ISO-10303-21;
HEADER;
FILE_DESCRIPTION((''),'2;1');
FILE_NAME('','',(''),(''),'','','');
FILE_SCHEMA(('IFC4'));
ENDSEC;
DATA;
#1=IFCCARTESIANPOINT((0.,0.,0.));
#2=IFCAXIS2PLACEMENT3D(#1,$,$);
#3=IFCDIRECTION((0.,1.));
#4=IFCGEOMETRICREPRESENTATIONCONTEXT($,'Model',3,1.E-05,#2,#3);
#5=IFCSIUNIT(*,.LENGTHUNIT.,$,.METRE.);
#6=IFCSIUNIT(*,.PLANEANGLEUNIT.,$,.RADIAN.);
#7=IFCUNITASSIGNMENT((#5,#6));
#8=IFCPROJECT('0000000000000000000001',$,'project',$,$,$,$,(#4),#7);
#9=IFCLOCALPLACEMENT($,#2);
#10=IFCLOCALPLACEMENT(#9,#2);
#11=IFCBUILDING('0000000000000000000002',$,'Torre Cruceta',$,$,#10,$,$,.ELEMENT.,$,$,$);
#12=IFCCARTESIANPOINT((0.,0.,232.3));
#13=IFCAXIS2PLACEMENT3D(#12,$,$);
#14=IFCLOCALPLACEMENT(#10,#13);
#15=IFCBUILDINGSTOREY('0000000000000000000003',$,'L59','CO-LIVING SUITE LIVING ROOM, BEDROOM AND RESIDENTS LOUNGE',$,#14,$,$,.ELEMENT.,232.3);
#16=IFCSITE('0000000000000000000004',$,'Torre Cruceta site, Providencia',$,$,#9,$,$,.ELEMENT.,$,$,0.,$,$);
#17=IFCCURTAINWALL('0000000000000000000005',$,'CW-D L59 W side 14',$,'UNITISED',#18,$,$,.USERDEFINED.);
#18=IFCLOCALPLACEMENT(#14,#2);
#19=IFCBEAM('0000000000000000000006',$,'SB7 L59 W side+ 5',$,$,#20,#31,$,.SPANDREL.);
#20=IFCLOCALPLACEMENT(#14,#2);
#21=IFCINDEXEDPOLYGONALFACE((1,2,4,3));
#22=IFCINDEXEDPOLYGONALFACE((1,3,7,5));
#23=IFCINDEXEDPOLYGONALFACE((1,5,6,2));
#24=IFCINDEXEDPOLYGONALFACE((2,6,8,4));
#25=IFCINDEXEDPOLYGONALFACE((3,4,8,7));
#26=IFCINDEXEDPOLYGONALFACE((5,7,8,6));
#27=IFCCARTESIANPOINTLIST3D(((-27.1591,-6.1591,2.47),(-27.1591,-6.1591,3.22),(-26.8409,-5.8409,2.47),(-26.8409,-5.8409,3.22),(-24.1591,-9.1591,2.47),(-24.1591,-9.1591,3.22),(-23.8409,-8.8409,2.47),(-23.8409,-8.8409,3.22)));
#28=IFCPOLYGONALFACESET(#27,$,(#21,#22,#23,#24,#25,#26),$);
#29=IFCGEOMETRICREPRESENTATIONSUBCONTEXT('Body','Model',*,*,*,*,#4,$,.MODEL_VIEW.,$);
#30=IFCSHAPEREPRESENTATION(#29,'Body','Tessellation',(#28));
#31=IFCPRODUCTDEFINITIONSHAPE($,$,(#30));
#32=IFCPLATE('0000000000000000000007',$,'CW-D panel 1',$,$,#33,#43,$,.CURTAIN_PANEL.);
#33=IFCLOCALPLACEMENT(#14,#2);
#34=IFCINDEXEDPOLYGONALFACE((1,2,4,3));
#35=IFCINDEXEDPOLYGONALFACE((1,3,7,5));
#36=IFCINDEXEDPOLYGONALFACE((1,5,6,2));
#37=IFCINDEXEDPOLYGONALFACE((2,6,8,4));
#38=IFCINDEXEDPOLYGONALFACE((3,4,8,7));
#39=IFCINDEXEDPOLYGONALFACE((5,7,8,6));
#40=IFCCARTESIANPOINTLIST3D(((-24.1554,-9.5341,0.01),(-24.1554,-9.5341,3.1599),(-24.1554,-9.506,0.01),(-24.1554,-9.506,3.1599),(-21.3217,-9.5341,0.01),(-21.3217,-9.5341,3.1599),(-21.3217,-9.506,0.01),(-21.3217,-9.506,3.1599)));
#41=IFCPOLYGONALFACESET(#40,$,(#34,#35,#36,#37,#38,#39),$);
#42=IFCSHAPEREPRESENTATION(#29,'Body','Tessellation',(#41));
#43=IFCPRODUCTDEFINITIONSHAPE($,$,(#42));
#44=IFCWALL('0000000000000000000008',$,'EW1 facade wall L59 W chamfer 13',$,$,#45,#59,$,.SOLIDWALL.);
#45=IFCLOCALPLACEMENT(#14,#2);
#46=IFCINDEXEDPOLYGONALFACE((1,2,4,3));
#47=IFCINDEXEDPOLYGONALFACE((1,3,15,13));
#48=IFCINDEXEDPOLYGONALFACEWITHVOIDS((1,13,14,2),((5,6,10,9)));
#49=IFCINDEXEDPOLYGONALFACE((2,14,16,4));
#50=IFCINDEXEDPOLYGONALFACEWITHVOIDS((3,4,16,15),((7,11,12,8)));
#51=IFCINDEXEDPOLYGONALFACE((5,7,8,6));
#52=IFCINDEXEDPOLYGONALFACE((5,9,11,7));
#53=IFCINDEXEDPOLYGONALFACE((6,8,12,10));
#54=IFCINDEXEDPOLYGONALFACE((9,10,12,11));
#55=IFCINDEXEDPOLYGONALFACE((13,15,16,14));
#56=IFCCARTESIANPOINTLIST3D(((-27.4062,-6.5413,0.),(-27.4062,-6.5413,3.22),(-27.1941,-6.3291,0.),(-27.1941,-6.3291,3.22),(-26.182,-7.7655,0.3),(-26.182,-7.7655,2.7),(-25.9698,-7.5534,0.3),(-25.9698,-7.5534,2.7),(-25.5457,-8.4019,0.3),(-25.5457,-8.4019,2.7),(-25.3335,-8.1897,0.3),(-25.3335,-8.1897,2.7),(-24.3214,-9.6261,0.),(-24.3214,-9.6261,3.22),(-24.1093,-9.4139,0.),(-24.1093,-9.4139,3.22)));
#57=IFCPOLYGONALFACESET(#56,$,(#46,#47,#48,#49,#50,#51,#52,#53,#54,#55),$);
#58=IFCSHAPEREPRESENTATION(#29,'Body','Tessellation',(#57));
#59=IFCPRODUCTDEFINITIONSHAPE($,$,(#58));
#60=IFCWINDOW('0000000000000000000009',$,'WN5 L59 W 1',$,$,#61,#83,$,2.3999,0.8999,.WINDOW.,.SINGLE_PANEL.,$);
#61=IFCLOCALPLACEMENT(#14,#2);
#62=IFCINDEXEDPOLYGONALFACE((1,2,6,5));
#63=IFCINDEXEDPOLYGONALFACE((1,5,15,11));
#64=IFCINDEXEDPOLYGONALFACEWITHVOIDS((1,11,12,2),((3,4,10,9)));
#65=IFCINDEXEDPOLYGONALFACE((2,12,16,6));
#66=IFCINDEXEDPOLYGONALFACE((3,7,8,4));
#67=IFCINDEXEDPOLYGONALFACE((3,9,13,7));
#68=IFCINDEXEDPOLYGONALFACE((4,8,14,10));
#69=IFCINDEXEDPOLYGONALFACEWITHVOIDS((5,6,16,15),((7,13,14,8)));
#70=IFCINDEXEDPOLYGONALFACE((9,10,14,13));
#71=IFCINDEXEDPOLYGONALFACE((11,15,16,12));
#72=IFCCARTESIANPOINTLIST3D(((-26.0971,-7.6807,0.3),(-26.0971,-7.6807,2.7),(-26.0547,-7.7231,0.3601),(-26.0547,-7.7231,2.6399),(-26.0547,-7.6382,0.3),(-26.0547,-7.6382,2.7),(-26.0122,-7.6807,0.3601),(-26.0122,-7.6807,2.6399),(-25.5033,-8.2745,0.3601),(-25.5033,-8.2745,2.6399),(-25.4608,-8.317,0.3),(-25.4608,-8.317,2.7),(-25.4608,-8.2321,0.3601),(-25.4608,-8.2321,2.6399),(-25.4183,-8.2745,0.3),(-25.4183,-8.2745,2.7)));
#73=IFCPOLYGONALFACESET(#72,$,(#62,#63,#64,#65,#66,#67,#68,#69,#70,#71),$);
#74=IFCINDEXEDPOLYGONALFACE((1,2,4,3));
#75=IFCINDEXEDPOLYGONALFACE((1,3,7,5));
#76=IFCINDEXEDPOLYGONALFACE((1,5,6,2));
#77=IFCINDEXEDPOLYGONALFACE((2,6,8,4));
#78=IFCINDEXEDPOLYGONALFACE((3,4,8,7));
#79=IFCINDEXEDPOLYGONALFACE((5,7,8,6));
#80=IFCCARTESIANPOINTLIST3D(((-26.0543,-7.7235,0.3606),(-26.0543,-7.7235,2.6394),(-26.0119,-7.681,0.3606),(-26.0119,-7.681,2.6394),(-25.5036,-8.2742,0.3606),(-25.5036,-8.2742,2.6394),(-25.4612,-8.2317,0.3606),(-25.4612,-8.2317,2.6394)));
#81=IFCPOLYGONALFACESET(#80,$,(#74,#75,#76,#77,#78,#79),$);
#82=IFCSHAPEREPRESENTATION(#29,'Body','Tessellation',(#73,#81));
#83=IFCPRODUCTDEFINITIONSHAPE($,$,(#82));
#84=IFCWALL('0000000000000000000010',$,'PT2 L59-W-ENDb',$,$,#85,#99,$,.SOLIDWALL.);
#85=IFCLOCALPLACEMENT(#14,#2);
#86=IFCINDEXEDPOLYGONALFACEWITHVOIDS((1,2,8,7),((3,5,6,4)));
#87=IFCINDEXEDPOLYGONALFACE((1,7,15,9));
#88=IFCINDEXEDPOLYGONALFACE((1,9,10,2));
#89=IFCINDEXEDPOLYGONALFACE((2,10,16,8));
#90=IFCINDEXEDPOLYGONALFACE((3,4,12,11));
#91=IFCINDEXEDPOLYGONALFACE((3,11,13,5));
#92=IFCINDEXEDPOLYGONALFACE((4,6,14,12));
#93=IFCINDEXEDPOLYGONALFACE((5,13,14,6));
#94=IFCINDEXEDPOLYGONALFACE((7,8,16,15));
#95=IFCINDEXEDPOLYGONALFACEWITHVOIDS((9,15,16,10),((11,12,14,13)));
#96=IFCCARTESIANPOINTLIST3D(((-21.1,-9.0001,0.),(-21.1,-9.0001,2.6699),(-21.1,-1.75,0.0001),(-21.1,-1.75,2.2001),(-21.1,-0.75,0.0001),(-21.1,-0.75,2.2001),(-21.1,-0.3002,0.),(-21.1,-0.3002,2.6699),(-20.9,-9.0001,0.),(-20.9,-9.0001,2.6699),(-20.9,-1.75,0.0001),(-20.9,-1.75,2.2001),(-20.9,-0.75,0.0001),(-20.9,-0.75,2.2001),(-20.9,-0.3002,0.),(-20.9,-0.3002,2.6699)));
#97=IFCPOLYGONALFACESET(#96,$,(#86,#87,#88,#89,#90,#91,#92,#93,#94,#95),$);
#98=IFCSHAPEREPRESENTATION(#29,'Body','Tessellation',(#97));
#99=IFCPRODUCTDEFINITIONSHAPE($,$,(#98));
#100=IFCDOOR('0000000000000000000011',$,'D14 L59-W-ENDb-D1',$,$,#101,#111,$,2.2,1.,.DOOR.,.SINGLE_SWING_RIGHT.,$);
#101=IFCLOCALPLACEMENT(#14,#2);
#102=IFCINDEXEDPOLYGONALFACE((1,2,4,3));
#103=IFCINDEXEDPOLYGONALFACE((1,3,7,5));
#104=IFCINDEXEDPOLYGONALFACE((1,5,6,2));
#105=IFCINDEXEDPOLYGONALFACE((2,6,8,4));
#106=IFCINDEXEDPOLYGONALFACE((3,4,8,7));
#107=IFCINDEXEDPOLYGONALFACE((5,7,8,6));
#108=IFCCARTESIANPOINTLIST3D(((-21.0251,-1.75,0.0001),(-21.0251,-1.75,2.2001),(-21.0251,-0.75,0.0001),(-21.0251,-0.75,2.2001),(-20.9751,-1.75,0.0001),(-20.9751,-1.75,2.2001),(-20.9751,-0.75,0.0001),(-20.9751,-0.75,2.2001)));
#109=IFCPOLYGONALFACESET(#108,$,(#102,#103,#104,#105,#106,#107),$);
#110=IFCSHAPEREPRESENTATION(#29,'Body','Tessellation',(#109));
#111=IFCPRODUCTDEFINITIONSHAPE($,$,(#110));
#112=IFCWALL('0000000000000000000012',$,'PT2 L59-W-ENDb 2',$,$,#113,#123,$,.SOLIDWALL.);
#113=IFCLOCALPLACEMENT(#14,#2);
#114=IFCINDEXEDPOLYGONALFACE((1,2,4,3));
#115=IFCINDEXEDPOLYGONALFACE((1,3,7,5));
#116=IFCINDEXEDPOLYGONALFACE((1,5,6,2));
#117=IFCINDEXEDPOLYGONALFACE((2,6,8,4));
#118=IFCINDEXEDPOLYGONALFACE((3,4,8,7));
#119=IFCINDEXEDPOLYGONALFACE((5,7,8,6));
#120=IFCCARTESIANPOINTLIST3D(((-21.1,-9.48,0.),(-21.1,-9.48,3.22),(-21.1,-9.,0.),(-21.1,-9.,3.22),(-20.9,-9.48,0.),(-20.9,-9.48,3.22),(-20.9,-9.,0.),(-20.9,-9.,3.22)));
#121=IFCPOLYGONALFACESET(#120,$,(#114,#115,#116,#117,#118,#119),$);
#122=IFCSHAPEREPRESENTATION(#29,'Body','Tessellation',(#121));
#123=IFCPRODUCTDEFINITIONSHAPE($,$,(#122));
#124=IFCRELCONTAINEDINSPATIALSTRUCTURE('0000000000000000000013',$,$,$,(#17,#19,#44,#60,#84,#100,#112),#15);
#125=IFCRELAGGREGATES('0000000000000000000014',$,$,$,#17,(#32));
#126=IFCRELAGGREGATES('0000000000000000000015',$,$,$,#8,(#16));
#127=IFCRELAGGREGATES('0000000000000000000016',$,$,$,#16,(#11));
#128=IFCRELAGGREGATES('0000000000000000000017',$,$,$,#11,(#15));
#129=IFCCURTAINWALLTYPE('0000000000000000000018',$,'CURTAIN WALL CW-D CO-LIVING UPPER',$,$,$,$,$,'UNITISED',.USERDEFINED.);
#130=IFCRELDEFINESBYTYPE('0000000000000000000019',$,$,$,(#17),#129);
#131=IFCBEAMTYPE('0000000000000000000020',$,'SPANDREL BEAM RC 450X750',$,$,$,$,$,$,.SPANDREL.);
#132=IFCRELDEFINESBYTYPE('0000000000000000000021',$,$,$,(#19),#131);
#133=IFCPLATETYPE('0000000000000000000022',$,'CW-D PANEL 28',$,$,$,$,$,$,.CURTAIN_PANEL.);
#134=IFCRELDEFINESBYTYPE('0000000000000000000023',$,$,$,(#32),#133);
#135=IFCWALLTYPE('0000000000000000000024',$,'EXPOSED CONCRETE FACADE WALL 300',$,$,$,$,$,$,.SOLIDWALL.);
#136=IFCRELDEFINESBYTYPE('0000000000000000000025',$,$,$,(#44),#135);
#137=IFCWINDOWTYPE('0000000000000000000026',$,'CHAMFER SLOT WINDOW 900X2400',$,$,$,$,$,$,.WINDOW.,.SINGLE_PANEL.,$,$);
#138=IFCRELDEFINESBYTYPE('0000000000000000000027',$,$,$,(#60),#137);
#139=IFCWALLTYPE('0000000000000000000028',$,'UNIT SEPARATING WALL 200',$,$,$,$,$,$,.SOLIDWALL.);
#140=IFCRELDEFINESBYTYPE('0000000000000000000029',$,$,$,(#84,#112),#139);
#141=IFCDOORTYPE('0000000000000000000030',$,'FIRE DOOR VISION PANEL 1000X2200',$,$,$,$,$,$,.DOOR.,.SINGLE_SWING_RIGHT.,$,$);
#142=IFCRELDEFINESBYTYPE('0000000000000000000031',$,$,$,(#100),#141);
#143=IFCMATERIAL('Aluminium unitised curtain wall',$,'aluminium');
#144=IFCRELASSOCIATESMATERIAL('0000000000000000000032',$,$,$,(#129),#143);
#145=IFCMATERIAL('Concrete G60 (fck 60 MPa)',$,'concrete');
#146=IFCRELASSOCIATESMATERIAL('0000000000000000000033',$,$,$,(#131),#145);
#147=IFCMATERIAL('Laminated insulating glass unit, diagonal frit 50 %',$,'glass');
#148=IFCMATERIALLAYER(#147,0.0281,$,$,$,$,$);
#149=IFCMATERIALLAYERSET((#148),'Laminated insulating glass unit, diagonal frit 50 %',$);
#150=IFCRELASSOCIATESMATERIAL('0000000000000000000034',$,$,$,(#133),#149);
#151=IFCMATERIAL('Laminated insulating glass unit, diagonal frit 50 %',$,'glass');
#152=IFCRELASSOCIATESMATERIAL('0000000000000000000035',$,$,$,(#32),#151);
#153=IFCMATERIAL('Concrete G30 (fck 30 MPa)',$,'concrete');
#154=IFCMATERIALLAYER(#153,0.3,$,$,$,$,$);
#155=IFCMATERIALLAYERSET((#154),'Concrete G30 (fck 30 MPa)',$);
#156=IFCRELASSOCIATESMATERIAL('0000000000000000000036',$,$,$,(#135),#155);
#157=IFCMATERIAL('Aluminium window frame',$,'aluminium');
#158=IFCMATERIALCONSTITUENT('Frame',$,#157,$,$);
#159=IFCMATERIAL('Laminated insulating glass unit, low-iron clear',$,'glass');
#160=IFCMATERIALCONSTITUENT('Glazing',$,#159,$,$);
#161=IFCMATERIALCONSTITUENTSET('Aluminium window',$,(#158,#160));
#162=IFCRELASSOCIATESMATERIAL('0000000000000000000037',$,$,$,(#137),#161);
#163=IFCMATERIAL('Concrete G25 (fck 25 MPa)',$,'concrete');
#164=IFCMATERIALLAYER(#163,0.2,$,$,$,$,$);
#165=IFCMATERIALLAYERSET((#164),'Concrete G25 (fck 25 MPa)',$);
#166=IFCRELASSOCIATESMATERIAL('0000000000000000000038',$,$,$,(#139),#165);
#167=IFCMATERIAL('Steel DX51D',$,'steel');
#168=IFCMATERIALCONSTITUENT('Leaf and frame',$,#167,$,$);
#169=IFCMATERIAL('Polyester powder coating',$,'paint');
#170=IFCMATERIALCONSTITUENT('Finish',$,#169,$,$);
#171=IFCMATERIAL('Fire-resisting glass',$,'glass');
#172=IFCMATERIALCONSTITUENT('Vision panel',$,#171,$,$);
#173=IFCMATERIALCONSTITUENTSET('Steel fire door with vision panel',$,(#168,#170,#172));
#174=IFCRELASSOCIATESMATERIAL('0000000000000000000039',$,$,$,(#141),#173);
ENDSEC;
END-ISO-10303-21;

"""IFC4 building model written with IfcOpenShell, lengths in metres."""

from ifc_helpers import new_model, si_unit, direction, frame, frame_2d, origin, origin_2d, place, context, subcontext, project, spatial, rectangle, hollow_rectangle, extrude, material, layer, layer_set, constituent, constituent_set, material_profile, profile_set, type_object, element, fill, aggregate, save


model = new_model("IFC4")

# Units and contexts
model_context = context("Model", 3, precision=1e-05, world=origin(), true_north=direction((0.0, 1.0)))
body_context = subcontext(model_context, "Body", "Model", "MODEL_VIEW")
ifc_project = project(units=[si_unit("LENGTHUNIT", "METRE"), si_unit("PLANEANGLEUNIT", "RADIAN")], contexts=[model_context])

# Site, building, storey
site_placement = place(None, origin())
site = spatial("IfcSite", under=ifc_project, at=site_placement, Name="Torre Cruceta site, Providencia", CompositionType="ELEMENT", RefElevation=0.0)
building_placement = place(site_placement, origin())
building = spatial("IfcBuilding", under=site, at=building_placement, Name="Torre Cruceta", CompositionType="ELEMENT")
storey_placement = place(building_placement, frame((0.0, 0.0, 232.3)))
storey = spatial("IfcBuildingStorey", under=building, at=storey_placement, Name="L59", Description="CO-LIVING SUITE LIVING ROOM, BEDROOM AND RESIDENTS LOUNGE", CompositionType="ELEMENT", Elevation=232.3)

# Curtain wall
ifc_material_1 = material(Name="Aluminium unitised curtain wall", Category="aluminium")
curtain_wall_type = type_object("IfcCurtainWallType", Name="CURTAIN WALL CW-D CO-LIVING UPPER", ElementType="UNITISED", PredefinedType="USERDEFINED", material=ifc_material_1)
curtain_wall_placement = place(storey_placement, origin())
curtain_wall = element("IfcCurtainWall", 1, at=curtain_wall_placement, inside=storey, type_object=curtain_wall_type, Name="CW-D L59 W side 14", ObjectType="UNITISED", PredefinedType="USERDEFINED")

# Beam
ifc_material_2 = material(Name="Concrete G60 (fck 60 MPa)", Category="concrete")
ifc_material_profile_1 = material_profile(ifc_material_2, rectangle(XDim=0.45, YDim=0.75, at=origin_2d()), Name="RC 450X750")
ifc_profile_set_1 = profile_set([ifc_material_profile_1], Name="Concrete G60 (fck 60 MPa)")
beam_type_1 = type_object("IfcBeamType", Name="SPANDREL BEAM RC 450X750", PredefinedType="SPANDREL", material=ifc_profile_set_1)
beam_1_placement = place(storey_placement, frame((-24.0, -9.0, 2.845), z_axis=(-0.707107, 0.707107, 0.0), x_axis=(-0.707107, -0.707107, 0.0)))
element("IfcBeam", 2, at=beam_1_placement, inside=storey, type_object=beam_type_1, Name="SB7 L59 W side+ 5", PredefinedType="SPANDREL", context=body_context, shape_type="SweptSolid", body=[
    extrude(rectangle(XDim=0.45, YDim=0.75, at=origin_2d()), origin(), (0.0, 0.0, 1.0), 4.2427),
])

# Plate
ifc_material_3 = material(Name="Laminated insulating glass unit, diagonal frit 50 %", Category="glass")
ifc_material_4 = material(Name="Laminated insulating glass unit, diagonal frit 50 %", Category="glass")
ifc_layer_1 = layer(ifc_material_4, 0.0281)
ifc_layer_set_1 = layer_set([ifc_layer_1], Name="Laminated insulating glass unit, diagonal frit 50 %")
plate_type = type_object("IfcPlateType", Name="CW-D PANEL 28", PredefinedType="CURTAIN_PANEL", material=ifc_layer_set_1)
plate_placement = place(storey_placement, frame((-22.7385, -9.52, 0.01), z_axis=(0.0, 0.0, 1.0), x_axis=(1.0, 0.0, 0.0)))
plate = element("IfcPlate", 3, at=plate_placement, type_object=plate_type, material=ifc_material_3, Name="CW-D panel 1", PredefinedType="CURTAIN_PANEL", context=body_context, shape_type="SweptSolid", body=[
    extrude(rectangle(XDim=2.8337, YDim=0.0281, at=origin_2d()), origin(), (0.0, 0.0, 1.0), 3.1499),
])
aggregate(curtain_wall, [plate])

# Wall, opening, window
ifc_material_5 = material(Name="Concrete G30 (fck 30 MPa)", Category="concrete")
ifc_layer_2 = layer(ifc_material_5, 0.3)
ifc_layer_set_2 = layer_set([ifc_layer_2], Name="Concrete G30 (fck 30 MPa)")
wall_type_1 = type_object("IfcWallType", Name="EXPOSED CONCRETE FACADE WALL 300", PredefinedType="SOLIDWALL", material=ifc_layer_set_2)
wall_1_placement = place(storey_placement, frame((-27.3, -6.4353, 0.0), z_axis=(0.0, 0.0, 1.0), x_axis=(0.707107, -0.707107, 0.0)))
wall_1 = element("IfcWall", 4, at=wall_1_placement, inside=storey, type_object=wall_type_1, Name="EW1 facade wall L59 W chamfer 13", PredefinedType="SOLIDWALL", context=body_context, shape_type="SweptSolid", body=[
    extrude(rectangle(XDim=4.3625, YDim=0.3, at=frame_2d((2.1812, 0.0))), origin(), (0.0, 0.0, 1.0), 3.22),
])
opening_1_placement = place(wall_1_placement, frame((1.7312, 0.0, 0.3)))
opening_1 = element("IfcOpeningElement", 5, at=opening_1_placement, cuts=wall_1, PredefinedType="OPENING", context=body_context, shape_type="SweptSolid", body=[
    extrude(rectangle(XDim=0.8999, YDim=2.3999, at=frame_2d((0.45, 1.2))), frame((0.0, 0.1599, 0.0), z_axis=(0.0, -1.0, 0.0), x_axis=(1.0, 0.0, 0.0)), (0.0, 0.0, 1.0), 0.3201),
])
ifc_material_6 = material(Name="Aluminium window frame", Category="aluminium")
ifc_constituent_1 = constituent(ifc_material_6, Name="Frame")
ifc_material_7 = material(Name="Laminated insulating glass unit, low-iron clear", Category="glass")
ifc_constituent_2 = constituent(ifc_material_7, Name="Glazing")
ifc_constituent_set_1 = constituent_set(constituents=[ifc_constituent_1, ifc_constituent_2], Name="Aluminium window")
window_type = type_object("IfcWindowType", Name="CHAMFER SLOT WINDOW 900X2400", PartitioningType="SINGLE_PANEL", PredefinedType="WINDOW", material=ifc_constituent_set_1)
window_placement = place(opening_1_placement, origin())
window = element("IfcWindow", 6, at=window_placement, inside=storey, type_object=window_type, Name="WN5 L59 W 1", OverallHeight=2.3999, OverallWidth=0.8999, PartitioningType="SINGLE_PANEL", PredefinedType="WINDOW", context=body_context, shape_type="SweptSolid", body=[
    extrude(hollow_rectangle(XDim=0.8999, YDim=2.3999, WallThickness=0.0601, at=frame_2d((0.45, 1.2))), frame((0.0, 0.03, 0.0), z_axis=(0.0, -1.0, 0.0), x_axis=(1.0, 0.0, 0.0)), (0.0, 0.0, 1.0), 0.0601),
    extrude(rectangle(XDim=0.7788, YDim=2.2788, at=frame_2d((0.45, 1.2))), frame((0.0, 0.03, 0.0), z_axis=(0.0, -1.0, 0.0), x_axis=(1.0, 0.0, 0.0)), (0.0, 0.0, 1.0), 0.0601),
])
fill(opening_1, window)

# Wall, opening, door
ifc_material_8 = material(Name="Concrete G25 (fck 25 MPa)", Category="concrete")
ifc_layer_3 = layer(ifc_material_8, 0.2)
ifc_layer_set_3 = layer_set([ifc_layer_3], Name="Concrete G25 (fck 25 MPa)")
wall_type_2 = type_object("IfcWallType", Name="UNIT SEPARATING WALL 200", PredefinedType="SOLIDWALL", material=ifc_layer_set_3)
wall_2_placement = place(storey_placement, frame((-21.0, -0.3, 0.0), z_axis=(0.0, 0.0, 1.0), x_axis=(0.0, -1.0, 0.0)))
wall_2 = element("IfcWall", 7, at=wall_2_placement, inside=storey, type_object=wall_type_2, Name="PT2 L59-W-ENDb", PredefinedType="SOLIDWALL", context=body_context, shape_type="SweptSolid", body=[
    extrude(rectangle(XDim=8.7, YDim=0.2, at=frame_2d((4.3501, 0.0))), origin(), (0.0, 0.0, 1.0), 2.6699),
])
opening_2_placement = place(wall_2_placement, frame((0.45, 0.0, 0.0)))
opening_2 = element("IfcOpeningElement", 8, at=opening_2_placement, cuts=wall_2, PredefinedType="OPENING", context=body_context, shape_type="SweptSolid", body=[
    extrude(rectangle(XDim=1.0, YDim=2.2, at=frame_2d((0.5, 1.1001))), frame((0.0, 0.1099, 0.0), z_axis=(0.0, -1.0, 0.0), x_axis=(1.0, 0.0, 0.0)), (0.0, 0.0, 1.0), 0.22),
])
ifc_material_9 = material(Name="Steel DX51D", Category="steel")
ifc_constituent_3 = constituent(ifc_material_9, Name="Leaf and frame")
ifc_material_10 = material(Name="Polyester powder coating", Category="paint")
ifc_constituent_4 = constituent(ifc_material_10, Name="Finish")
ifc_material_11 = material(Name="Fire-resisting glass", Category="glass")
ifc_constituent_5 = constituent(ifc_material_11, Name="Vision panel")
ifc_constituent_set_2 = constituent_set(constituents=[ifc_constituent_3, ifc_constituent_4, ifc_constituent_5], Name="Steel fire door with vision panel")
door_type = type_object("IfcDoorType", Name="FIRE DOOR VISION PANEL 1000X2200", OperationType="SINGLE_SWING_RIGHT", PredefinedType="DOOR", material=ifc_constituent_set_2)
door_placement = place(opening_2_placement, frame((1.0, 0.0, 0.0), z_axis=(0.0, 0.0, 1.0), x_axis=(-1.0, 0.0, 0.0)))
door = element("IfcDoor", 9, at=door_placement, inside=storey, type_object=door_type, Name="D14 L59-W-ENDb-D1", OperationType="SINGLE_SWING_RIGHT", OverallHeight=2.2, OverallWidth=1.0, PredefinedType="DOOR", context=body_context, shape_type="SweptSolid", body=[
    extrude(rectangle(XDim=1.0, YDim=2.2, at=frame_2d((0.5, 1.1001))), frame((0.0, 0.0251, 0.0), z_axis=(0.0, -1.0, 0.0), x_axis=(1.0, 0.0, 0.0)), (0.0, 0.0, 1.0), 0.05),
])
fill(opening_2, door)

# Wall
wall_3_placement = place(storey_placement, frame((-21.0, -9.0, 0.0), z_axis=(0.0, 0.0, 1.0), x_axis=(0.0, -1.0, 0.0)))
element("IfcWall", 10, at=wall_3_placement, inside=storey, type_object=wall_type_2, Name="PT2 L59-W-ENDb 2", PredefinedType="SOLIDWALL", context=body_context, shape_type="SweptSolid", body=[
    extrude(rectangle(XDim=0.48, YDim=0.2, at=frame_2d((0.24, 0.0))), origin(), (0.0, 0.0, 1.0), 3.22),
])

save(model, "model.ifc")
